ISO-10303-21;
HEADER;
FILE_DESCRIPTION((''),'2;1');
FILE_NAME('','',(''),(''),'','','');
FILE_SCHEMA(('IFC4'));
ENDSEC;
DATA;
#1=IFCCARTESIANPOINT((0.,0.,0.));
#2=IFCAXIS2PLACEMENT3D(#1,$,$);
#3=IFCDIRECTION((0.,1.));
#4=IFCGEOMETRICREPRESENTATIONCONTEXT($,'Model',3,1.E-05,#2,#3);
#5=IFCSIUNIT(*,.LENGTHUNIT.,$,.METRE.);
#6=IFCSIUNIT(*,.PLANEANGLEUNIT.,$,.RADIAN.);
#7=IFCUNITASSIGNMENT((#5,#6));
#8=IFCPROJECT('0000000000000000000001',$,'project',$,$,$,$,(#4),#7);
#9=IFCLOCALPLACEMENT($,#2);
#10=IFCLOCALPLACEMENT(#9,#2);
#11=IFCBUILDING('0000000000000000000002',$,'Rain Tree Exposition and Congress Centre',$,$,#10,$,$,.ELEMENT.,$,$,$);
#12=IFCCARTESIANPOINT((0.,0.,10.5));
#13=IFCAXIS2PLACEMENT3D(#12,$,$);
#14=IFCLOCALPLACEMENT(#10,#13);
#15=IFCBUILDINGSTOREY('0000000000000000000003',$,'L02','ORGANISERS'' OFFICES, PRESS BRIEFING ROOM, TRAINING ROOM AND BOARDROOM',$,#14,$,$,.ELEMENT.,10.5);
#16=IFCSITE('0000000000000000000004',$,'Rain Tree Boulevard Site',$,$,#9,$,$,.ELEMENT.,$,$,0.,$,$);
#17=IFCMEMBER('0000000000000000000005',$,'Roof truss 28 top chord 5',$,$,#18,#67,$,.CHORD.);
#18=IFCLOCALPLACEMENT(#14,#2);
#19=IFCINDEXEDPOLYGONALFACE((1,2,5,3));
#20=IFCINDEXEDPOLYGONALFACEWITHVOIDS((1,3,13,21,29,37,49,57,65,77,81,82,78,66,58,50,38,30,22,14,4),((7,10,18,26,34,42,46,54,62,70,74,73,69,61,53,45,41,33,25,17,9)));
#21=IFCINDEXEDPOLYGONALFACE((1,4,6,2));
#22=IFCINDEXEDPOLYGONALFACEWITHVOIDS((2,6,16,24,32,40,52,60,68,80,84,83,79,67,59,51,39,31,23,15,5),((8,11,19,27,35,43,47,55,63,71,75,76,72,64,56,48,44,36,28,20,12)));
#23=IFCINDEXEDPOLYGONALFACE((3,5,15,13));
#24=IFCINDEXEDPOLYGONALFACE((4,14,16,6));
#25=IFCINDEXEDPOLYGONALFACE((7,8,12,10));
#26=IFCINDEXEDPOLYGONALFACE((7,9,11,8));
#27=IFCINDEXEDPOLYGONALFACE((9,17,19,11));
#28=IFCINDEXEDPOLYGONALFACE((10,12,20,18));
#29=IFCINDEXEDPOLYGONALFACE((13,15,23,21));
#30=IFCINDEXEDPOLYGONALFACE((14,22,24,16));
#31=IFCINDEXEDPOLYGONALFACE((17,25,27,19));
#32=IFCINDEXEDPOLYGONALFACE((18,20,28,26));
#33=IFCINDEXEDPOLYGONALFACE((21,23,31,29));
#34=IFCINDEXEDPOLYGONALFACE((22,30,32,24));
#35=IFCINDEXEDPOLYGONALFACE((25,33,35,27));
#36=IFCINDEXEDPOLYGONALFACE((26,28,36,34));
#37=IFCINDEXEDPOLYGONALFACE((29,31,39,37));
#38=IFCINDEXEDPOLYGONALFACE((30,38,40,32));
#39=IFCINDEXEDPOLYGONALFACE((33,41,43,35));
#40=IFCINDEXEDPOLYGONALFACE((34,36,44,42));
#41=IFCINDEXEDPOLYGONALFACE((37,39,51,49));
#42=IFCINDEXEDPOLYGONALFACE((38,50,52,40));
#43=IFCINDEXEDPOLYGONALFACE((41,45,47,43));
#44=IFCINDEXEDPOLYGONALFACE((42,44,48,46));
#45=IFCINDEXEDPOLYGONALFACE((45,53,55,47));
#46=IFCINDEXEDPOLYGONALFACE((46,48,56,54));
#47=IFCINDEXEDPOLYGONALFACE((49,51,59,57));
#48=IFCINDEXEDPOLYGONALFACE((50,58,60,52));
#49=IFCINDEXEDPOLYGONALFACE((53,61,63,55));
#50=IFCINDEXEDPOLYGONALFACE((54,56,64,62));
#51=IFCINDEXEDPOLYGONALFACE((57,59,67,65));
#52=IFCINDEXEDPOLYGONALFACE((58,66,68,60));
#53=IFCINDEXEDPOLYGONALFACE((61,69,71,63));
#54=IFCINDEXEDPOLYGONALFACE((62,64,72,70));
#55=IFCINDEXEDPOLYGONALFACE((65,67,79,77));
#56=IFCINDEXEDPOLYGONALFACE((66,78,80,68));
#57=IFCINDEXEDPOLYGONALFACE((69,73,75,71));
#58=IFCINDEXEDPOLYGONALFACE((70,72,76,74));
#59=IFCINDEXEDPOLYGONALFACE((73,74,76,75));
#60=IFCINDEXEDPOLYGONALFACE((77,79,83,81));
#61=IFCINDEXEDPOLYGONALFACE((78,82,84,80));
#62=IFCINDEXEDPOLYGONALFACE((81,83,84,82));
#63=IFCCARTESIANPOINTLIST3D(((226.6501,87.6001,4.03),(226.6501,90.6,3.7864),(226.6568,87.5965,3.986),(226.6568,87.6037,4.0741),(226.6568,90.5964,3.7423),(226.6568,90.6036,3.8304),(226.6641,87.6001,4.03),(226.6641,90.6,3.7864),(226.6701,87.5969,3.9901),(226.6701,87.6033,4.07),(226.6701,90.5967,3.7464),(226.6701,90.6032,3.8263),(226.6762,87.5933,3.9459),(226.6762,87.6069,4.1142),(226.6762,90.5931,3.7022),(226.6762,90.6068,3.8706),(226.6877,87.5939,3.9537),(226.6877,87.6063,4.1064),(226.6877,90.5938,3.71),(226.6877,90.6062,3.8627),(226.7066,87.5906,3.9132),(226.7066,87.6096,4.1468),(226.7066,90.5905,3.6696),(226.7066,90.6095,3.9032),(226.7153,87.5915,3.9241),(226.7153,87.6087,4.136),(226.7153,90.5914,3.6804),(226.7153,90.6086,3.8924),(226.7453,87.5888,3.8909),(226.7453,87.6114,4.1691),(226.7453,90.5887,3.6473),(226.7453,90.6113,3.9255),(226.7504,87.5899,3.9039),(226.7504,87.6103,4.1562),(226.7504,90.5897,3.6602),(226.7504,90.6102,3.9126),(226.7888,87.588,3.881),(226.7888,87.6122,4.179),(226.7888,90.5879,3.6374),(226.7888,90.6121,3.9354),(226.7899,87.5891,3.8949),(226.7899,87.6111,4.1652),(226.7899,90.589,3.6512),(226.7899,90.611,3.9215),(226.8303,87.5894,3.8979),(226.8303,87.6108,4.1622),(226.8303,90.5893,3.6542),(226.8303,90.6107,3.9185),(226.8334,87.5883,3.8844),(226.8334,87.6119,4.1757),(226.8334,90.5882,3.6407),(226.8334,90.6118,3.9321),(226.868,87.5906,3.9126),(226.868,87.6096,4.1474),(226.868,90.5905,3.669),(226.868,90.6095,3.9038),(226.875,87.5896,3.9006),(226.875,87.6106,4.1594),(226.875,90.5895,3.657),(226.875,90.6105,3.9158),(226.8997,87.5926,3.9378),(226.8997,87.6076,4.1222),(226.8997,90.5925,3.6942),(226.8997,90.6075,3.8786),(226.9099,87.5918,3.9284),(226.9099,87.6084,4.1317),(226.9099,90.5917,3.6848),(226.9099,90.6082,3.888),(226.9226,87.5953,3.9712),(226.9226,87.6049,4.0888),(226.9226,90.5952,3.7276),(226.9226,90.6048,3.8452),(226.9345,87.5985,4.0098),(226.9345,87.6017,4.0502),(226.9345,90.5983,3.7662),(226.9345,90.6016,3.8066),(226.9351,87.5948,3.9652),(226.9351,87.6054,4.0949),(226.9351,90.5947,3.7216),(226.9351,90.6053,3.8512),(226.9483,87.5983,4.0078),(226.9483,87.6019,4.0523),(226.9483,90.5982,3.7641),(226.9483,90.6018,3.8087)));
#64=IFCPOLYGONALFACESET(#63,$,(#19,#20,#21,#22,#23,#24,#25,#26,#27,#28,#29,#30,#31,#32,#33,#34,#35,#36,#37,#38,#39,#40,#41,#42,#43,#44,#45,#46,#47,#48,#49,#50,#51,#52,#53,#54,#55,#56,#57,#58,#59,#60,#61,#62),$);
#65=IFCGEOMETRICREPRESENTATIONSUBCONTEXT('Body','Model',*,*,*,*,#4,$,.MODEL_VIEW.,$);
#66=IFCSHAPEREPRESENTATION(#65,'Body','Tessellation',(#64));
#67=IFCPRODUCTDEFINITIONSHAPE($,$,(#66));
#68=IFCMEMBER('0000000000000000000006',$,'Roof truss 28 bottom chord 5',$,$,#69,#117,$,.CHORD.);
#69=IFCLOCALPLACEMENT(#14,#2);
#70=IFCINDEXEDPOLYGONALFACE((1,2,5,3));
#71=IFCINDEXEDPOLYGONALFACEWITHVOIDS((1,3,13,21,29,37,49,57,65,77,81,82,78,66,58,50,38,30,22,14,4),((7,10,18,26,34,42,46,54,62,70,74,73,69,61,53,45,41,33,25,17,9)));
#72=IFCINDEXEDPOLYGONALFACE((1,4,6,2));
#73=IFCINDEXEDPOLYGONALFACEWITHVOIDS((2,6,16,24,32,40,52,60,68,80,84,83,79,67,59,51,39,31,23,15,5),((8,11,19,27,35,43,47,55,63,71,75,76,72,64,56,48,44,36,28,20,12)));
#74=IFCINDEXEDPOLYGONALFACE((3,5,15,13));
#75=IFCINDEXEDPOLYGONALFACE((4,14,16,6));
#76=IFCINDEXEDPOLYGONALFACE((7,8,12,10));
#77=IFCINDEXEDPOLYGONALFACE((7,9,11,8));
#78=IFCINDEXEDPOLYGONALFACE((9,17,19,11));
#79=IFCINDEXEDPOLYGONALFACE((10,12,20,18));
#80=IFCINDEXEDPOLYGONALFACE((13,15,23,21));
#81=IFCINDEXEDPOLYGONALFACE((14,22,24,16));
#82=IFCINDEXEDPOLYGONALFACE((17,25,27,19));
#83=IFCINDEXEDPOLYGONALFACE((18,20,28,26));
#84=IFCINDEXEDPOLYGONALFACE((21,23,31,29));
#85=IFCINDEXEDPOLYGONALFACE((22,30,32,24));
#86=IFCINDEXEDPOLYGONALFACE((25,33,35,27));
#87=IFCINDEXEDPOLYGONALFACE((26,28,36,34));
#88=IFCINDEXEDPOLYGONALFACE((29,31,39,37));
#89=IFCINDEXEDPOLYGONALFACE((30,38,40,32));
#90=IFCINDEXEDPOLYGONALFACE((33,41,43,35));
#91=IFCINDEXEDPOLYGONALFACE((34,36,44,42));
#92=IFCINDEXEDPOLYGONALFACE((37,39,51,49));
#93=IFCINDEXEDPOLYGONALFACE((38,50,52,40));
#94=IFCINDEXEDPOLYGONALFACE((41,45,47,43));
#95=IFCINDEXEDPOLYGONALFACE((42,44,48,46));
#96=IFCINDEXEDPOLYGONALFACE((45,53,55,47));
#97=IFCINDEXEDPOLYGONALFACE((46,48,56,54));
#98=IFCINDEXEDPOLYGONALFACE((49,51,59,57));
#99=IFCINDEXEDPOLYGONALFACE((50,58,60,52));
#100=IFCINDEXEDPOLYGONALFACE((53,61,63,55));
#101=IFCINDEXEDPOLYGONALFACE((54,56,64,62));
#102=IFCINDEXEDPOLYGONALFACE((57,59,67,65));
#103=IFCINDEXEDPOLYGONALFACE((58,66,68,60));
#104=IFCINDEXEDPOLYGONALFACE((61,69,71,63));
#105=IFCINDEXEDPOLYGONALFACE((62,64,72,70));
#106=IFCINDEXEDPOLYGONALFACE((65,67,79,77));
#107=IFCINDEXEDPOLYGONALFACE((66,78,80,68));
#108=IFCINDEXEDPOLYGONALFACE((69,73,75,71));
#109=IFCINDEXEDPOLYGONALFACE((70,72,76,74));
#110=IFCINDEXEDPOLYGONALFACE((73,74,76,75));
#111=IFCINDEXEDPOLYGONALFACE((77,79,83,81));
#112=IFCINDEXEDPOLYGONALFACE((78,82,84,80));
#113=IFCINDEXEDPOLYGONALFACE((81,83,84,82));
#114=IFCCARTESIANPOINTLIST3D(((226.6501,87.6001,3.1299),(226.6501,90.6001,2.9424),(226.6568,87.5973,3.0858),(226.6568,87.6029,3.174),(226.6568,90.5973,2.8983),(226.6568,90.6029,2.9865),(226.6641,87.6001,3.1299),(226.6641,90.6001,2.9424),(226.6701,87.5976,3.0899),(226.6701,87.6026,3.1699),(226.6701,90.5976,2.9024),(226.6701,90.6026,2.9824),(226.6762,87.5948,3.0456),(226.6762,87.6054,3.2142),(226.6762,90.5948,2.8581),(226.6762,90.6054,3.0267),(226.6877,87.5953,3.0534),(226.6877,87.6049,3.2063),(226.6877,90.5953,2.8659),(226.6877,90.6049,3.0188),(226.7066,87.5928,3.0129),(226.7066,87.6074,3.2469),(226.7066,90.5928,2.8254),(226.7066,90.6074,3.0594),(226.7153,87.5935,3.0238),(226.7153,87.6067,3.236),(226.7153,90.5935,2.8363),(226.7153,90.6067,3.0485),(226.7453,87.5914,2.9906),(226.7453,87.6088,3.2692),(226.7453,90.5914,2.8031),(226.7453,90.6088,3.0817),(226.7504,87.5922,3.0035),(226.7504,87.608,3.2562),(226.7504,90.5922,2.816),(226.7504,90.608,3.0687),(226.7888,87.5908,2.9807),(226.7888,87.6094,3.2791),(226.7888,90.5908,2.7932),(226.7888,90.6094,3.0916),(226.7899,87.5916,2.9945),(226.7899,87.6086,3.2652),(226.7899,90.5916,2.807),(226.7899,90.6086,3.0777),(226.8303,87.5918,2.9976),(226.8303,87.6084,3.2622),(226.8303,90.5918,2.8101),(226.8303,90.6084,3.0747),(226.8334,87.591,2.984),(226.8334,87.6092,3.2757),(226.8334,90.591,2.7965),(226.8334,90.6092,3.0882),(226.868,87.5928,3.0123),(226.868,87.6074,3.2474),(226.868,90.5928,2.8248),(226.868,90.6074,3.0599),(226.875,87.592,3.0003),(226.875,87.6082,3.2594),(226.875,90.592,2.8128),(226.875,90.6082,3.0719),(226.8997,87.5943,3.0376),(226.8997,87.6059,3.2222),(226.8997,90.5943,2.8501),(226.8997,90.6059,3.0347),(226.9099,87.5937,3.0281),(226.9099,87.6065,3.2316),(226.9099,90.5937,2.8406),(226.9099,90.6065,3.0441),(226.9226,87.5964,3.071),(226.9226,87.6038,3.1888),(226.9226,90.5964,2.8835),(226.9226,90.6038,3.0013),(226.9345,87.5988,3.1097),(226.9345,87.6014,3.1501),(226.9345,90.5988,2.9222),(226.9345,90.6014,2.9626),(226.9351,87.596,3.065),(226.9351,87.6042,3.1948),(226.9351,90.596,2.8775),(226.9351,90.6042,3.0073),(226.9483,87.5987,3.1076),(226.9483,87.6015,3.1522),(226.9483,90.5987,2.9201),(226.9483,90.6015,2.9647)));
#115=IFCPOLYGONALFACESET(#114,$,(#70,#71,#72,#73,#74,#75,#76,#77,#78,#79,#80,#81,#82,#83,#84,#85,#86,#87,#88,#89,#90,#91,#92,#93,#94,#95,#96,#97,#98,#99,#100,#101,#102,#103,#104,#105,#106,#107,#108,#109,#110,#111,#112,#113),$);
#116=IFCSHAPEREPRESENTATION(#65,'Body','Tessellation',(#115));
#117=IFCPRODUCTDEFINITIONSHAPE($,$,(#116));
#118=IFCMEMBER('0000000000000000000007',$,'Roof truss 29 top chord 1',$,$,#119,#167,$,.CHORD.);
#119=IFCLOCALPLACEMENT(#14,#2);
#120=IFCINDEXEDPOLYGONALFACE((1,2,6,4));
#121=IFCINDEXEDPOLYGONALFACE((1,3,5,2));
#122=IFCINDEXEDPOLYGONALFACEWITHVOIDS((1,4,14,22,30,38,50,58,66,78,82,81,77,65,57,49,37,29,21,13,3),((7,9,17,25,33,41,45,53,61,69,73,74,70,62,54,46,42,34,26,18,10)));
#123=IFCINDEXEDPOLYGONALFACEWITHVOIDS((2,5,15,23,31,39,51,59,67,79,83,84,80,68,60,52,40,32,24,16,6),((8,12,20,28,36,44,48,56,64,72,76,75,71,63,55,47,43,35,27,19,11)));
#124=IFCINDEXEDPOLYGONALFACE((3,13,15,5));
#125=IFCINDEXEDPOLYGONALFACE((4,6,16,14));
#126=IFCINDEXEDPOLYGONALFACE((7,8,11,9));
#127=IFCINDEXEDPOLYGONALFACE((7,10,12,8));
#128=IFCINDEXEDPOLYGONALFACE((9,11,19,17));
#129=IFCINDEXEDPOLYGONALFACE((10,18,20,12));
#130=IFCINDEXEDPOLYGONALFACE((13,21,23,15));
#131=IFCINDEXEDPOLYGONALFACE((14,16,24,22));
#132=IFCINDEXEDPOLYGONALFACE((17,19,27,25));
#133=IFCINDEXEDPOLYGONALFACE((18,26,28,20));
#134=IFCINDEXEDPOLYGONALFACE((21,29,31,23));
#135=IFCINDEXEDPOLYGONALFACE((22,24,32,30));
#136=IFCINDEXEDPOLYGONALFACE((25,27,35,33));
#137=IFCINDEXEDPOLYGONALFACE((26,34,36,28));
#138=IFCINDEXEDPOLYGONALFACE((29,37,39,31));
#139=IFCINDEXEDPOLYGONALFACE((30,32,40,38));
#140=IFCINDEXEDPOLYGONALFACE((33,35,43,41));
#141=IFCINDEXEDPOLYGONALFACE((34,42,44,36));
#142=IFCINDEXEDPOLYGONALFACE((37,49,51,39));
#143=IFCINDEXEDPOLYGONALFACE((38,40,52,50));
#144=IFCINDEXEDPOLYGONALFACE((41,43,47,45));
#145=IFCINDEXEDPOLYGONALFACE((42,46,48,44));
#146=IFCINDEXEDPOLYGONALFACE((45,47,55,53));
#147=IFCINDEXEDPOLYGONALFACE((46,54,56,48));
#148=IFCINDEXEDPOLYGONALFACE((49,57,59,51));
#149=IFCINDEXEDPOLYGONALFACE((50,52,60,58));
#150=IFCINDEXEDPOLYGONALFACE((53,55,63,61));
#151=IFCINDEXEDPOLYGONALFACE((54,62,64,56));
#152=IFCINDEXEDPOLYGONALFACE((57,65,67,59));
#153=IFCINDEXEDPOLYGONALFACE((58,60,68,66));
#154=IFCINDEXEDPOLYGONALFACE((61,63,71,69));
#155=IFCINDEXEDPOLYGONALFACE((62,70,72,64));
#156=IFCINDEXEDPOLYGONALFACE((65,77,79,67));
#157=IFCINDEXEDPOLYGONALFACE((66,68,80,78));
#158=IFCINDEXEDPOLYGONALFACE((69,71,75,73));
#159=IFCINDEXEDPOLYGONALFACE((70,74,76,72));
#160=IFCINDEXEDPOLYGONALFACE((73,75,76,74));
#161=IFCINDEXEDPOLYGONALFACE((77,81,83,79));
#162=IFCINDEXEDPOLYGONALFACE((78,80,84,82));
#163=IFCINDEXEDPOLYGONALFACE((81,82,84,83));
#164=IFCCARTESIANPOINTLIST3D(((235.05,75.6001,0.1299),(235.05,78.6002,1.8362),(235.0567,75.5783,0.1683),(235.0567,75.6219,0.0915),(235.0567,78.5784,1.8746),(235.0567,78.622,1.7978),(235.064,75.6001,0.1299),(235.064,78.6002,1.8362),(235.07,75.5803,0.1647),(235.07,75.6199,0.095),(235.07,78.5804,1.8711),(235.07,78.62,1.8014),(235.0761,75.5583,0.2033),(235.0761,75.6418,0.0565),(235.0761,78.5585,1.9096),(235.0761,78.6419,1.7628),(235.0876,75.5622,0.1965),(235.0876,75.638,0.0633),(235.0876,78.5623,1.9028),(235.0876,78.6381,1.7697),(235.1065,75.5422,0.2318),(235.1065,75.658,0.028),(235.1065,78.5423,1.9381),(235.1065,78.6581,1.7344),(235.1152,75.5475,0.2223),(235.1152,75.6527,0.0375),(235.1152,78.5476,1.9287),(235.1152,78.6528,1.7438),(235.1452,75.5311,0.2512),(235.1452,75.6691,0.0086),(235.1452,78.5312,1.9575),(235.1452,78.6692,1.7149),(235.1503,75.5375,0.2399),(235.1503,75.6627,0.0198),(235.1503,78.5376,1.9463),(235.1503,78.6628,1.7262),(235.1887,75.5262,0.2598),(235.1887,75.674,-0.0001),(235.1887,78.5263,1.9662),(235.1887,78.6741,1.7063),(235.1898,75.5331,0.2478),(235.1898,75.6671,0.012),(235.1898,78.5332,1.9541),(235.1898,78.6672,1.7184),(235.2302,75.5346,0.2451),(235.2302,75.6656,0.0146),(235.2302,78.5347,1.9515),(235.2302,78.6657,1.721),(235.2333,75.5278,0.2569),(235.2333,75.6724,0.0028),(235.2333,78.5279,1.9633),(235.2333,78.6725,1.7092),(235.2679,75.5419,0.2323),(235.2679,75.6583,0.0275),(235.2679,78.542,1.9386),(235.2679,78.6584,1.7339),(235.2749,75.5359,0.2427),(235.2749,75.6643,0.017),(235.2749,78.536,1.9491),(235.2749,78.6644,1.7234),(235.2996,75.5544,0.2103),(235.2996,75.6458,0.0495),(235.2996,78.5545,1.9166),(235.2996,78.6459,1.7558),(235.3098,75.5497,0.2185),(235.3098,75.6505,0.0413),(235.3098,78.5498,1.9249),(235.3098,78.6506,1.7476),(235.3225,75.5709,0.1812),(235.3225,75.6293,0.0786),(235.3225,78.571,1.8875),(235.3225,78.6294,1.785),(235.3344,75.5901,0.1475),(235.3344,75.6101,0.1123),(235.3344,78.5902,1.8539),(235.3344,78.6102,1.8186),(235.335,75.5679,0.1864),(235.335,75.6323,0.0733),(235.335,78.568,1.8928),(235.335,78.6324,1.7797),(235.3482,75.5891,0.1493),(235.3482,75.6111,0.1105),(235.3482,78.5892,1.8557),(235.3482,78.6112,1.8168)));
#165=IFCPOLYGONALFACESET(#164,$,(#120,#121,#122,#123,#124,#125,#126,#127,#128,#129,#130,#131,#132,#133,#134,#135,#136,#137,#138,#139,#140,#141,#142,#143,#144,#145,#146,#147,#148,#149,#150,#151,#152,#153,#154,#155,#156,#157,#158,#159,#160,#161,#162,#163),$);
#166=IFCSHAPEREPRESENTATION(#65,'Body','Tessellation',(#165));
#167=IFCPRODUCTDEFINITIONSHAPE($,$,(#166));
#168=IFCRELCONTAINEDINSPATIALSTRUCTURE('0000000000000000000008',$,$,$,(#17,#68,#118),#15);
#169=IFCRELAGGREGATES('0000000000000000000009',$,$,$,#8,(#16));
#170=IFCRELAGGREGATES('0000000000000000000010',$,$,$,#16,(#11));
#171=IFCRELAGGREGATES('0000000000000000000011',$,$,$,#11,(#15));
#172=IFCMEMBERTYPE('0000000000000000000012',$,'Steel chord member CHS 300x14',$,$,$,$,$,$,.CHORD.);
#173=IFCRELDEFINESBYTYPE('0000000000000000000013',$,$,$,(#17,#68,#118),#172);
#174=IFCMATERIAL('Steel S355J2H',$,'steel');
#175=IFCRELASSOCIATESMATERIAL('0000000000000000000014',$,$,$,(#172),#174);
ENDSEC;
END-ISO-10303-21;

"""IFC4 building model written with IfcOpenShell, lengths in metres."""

from ifc_helpers import new_model, si_unit, direction, frame, origin, origin_2d, place, context, subcontext, project, spatial, hollow_circle, extrude, material, material_profile, profile_set, type_object, element, save


model = new_model("IFC4")

# Units and contexts
model_context = context("Model", 3, precision=1e-05, world=origin(), true_north=direction((0.0, 1.0)))
body_context = subcontext(model_context, "Body", "Model", "MODEL_VIEW")
ifc_project = project(units=[si_unit("LENGTHUNIT", "METRE"), si_unit("PLANEANGLEUNIT", "RADIAN")], contexts=[model_context])

# Site, building, storey
site_placement = place(None, origin())
site = spatial("IfcSite", under=ifc_project, at=site_placement, Name="Rain Tree Boulevard Site", CompositionType="ELEMENT", RefElevation=0.0)
building_placement = place(site_placement, origin())
building = spatial("IfcBuilding", under=site, at=building_placement, Name="Rain Tree Exposition and Congress Centre", CompositionType="ELEMENT")
storey_placement = place(building_placement, frame((0.0, 0.0, 10.5)))
storey = spatial("IfcBuildingStorey", under=building, at=storey_placement, Name="L02", Description="ORGANISERS' OFFICES, PRESS BRIEFING ROOM, TRAINING ROOM AND BOARDROOM", CompositionType="ELEMENT", Elevation=10.5)

# Members
ifc_material_1 = material(Name="Steel S355J2H", Category="steel")
ifc_material_profile_1 = material_profile(ifc_material_1, hollow_circle(Radius=0.1499, WallThickness=0.0139, at=origin_2d()), Name="CHS 300x14")
ifc_profile_set_1 = profile_set([ifc_material_profile_1], Name="Steel S355J2H")
member_type_1 = type_object("IfcMemberType", Name="Steel chord member CHS 300x14", PredefinedType="CHORD", material=ifc_profile_set_1)
member_1_placement = place(storey_placement, frame((226.8, 87.6001, 4.03), z_axis=(0.0, 0.996718, -0.080951), x_axis=(-1.0, 0.0, 0.0)))
element("IfcMember", 1, at=member_1_placement, inside=storey, type_object=member_type_1, Name="Roof truss 28 top chord 5", PredefinedType="CHORD", context=body_context, shape_type="SweptSolid", body=[
    extrude(hollow_circle(Radius=0.1499, WallThickness=0.0139, at=origin_2d()), origin(), (0.0, 0.0, 1.0), 3.0098),
])
member_2_placement = place(storey_placement, frame((226.8, 87.6001, 3.1299), z_axis=(0.0, 0.998053, -0.062378), x_axis=(-1.0, 0.0, 0.0)))
element("IfcMember", 2, at=member_2_placement, inside=storey, type_object=member_type_1, Name="Roof truss 28 bottom chord 5", PredefinedType="CHORD", context=body_context, shape_type="SweptSolid", body=[
    extrude(hollow_circle(Radius=0.1499, WallThickness=0.0139, at=origin_2d()), origin(), (0.0, 0.0, 1.0), 3.0059),
])
member_3_placement = place(storey_placement, frame((235.2, 75.6001, 0.1299), z_axis=(0.0, 0.869238, 0.494393), x_axis=(-1.0, 0.0, 0.0)))
element("IfcMember", 3, at=member_3_placement, inside=storey, type_object=member_type_1, Name="Roof truss 29 top chord 1", PredefinedType="CHORD", context=body_context, shape_type="SweptSolid", body=[
    extrude(hollow_circle(Radius=0.1499, WallThickness=0.0139, at=origin_2d()), origin(), (0.0, 0.0, 1.0), 3.4514),
])

save(model, "model.ifc")
